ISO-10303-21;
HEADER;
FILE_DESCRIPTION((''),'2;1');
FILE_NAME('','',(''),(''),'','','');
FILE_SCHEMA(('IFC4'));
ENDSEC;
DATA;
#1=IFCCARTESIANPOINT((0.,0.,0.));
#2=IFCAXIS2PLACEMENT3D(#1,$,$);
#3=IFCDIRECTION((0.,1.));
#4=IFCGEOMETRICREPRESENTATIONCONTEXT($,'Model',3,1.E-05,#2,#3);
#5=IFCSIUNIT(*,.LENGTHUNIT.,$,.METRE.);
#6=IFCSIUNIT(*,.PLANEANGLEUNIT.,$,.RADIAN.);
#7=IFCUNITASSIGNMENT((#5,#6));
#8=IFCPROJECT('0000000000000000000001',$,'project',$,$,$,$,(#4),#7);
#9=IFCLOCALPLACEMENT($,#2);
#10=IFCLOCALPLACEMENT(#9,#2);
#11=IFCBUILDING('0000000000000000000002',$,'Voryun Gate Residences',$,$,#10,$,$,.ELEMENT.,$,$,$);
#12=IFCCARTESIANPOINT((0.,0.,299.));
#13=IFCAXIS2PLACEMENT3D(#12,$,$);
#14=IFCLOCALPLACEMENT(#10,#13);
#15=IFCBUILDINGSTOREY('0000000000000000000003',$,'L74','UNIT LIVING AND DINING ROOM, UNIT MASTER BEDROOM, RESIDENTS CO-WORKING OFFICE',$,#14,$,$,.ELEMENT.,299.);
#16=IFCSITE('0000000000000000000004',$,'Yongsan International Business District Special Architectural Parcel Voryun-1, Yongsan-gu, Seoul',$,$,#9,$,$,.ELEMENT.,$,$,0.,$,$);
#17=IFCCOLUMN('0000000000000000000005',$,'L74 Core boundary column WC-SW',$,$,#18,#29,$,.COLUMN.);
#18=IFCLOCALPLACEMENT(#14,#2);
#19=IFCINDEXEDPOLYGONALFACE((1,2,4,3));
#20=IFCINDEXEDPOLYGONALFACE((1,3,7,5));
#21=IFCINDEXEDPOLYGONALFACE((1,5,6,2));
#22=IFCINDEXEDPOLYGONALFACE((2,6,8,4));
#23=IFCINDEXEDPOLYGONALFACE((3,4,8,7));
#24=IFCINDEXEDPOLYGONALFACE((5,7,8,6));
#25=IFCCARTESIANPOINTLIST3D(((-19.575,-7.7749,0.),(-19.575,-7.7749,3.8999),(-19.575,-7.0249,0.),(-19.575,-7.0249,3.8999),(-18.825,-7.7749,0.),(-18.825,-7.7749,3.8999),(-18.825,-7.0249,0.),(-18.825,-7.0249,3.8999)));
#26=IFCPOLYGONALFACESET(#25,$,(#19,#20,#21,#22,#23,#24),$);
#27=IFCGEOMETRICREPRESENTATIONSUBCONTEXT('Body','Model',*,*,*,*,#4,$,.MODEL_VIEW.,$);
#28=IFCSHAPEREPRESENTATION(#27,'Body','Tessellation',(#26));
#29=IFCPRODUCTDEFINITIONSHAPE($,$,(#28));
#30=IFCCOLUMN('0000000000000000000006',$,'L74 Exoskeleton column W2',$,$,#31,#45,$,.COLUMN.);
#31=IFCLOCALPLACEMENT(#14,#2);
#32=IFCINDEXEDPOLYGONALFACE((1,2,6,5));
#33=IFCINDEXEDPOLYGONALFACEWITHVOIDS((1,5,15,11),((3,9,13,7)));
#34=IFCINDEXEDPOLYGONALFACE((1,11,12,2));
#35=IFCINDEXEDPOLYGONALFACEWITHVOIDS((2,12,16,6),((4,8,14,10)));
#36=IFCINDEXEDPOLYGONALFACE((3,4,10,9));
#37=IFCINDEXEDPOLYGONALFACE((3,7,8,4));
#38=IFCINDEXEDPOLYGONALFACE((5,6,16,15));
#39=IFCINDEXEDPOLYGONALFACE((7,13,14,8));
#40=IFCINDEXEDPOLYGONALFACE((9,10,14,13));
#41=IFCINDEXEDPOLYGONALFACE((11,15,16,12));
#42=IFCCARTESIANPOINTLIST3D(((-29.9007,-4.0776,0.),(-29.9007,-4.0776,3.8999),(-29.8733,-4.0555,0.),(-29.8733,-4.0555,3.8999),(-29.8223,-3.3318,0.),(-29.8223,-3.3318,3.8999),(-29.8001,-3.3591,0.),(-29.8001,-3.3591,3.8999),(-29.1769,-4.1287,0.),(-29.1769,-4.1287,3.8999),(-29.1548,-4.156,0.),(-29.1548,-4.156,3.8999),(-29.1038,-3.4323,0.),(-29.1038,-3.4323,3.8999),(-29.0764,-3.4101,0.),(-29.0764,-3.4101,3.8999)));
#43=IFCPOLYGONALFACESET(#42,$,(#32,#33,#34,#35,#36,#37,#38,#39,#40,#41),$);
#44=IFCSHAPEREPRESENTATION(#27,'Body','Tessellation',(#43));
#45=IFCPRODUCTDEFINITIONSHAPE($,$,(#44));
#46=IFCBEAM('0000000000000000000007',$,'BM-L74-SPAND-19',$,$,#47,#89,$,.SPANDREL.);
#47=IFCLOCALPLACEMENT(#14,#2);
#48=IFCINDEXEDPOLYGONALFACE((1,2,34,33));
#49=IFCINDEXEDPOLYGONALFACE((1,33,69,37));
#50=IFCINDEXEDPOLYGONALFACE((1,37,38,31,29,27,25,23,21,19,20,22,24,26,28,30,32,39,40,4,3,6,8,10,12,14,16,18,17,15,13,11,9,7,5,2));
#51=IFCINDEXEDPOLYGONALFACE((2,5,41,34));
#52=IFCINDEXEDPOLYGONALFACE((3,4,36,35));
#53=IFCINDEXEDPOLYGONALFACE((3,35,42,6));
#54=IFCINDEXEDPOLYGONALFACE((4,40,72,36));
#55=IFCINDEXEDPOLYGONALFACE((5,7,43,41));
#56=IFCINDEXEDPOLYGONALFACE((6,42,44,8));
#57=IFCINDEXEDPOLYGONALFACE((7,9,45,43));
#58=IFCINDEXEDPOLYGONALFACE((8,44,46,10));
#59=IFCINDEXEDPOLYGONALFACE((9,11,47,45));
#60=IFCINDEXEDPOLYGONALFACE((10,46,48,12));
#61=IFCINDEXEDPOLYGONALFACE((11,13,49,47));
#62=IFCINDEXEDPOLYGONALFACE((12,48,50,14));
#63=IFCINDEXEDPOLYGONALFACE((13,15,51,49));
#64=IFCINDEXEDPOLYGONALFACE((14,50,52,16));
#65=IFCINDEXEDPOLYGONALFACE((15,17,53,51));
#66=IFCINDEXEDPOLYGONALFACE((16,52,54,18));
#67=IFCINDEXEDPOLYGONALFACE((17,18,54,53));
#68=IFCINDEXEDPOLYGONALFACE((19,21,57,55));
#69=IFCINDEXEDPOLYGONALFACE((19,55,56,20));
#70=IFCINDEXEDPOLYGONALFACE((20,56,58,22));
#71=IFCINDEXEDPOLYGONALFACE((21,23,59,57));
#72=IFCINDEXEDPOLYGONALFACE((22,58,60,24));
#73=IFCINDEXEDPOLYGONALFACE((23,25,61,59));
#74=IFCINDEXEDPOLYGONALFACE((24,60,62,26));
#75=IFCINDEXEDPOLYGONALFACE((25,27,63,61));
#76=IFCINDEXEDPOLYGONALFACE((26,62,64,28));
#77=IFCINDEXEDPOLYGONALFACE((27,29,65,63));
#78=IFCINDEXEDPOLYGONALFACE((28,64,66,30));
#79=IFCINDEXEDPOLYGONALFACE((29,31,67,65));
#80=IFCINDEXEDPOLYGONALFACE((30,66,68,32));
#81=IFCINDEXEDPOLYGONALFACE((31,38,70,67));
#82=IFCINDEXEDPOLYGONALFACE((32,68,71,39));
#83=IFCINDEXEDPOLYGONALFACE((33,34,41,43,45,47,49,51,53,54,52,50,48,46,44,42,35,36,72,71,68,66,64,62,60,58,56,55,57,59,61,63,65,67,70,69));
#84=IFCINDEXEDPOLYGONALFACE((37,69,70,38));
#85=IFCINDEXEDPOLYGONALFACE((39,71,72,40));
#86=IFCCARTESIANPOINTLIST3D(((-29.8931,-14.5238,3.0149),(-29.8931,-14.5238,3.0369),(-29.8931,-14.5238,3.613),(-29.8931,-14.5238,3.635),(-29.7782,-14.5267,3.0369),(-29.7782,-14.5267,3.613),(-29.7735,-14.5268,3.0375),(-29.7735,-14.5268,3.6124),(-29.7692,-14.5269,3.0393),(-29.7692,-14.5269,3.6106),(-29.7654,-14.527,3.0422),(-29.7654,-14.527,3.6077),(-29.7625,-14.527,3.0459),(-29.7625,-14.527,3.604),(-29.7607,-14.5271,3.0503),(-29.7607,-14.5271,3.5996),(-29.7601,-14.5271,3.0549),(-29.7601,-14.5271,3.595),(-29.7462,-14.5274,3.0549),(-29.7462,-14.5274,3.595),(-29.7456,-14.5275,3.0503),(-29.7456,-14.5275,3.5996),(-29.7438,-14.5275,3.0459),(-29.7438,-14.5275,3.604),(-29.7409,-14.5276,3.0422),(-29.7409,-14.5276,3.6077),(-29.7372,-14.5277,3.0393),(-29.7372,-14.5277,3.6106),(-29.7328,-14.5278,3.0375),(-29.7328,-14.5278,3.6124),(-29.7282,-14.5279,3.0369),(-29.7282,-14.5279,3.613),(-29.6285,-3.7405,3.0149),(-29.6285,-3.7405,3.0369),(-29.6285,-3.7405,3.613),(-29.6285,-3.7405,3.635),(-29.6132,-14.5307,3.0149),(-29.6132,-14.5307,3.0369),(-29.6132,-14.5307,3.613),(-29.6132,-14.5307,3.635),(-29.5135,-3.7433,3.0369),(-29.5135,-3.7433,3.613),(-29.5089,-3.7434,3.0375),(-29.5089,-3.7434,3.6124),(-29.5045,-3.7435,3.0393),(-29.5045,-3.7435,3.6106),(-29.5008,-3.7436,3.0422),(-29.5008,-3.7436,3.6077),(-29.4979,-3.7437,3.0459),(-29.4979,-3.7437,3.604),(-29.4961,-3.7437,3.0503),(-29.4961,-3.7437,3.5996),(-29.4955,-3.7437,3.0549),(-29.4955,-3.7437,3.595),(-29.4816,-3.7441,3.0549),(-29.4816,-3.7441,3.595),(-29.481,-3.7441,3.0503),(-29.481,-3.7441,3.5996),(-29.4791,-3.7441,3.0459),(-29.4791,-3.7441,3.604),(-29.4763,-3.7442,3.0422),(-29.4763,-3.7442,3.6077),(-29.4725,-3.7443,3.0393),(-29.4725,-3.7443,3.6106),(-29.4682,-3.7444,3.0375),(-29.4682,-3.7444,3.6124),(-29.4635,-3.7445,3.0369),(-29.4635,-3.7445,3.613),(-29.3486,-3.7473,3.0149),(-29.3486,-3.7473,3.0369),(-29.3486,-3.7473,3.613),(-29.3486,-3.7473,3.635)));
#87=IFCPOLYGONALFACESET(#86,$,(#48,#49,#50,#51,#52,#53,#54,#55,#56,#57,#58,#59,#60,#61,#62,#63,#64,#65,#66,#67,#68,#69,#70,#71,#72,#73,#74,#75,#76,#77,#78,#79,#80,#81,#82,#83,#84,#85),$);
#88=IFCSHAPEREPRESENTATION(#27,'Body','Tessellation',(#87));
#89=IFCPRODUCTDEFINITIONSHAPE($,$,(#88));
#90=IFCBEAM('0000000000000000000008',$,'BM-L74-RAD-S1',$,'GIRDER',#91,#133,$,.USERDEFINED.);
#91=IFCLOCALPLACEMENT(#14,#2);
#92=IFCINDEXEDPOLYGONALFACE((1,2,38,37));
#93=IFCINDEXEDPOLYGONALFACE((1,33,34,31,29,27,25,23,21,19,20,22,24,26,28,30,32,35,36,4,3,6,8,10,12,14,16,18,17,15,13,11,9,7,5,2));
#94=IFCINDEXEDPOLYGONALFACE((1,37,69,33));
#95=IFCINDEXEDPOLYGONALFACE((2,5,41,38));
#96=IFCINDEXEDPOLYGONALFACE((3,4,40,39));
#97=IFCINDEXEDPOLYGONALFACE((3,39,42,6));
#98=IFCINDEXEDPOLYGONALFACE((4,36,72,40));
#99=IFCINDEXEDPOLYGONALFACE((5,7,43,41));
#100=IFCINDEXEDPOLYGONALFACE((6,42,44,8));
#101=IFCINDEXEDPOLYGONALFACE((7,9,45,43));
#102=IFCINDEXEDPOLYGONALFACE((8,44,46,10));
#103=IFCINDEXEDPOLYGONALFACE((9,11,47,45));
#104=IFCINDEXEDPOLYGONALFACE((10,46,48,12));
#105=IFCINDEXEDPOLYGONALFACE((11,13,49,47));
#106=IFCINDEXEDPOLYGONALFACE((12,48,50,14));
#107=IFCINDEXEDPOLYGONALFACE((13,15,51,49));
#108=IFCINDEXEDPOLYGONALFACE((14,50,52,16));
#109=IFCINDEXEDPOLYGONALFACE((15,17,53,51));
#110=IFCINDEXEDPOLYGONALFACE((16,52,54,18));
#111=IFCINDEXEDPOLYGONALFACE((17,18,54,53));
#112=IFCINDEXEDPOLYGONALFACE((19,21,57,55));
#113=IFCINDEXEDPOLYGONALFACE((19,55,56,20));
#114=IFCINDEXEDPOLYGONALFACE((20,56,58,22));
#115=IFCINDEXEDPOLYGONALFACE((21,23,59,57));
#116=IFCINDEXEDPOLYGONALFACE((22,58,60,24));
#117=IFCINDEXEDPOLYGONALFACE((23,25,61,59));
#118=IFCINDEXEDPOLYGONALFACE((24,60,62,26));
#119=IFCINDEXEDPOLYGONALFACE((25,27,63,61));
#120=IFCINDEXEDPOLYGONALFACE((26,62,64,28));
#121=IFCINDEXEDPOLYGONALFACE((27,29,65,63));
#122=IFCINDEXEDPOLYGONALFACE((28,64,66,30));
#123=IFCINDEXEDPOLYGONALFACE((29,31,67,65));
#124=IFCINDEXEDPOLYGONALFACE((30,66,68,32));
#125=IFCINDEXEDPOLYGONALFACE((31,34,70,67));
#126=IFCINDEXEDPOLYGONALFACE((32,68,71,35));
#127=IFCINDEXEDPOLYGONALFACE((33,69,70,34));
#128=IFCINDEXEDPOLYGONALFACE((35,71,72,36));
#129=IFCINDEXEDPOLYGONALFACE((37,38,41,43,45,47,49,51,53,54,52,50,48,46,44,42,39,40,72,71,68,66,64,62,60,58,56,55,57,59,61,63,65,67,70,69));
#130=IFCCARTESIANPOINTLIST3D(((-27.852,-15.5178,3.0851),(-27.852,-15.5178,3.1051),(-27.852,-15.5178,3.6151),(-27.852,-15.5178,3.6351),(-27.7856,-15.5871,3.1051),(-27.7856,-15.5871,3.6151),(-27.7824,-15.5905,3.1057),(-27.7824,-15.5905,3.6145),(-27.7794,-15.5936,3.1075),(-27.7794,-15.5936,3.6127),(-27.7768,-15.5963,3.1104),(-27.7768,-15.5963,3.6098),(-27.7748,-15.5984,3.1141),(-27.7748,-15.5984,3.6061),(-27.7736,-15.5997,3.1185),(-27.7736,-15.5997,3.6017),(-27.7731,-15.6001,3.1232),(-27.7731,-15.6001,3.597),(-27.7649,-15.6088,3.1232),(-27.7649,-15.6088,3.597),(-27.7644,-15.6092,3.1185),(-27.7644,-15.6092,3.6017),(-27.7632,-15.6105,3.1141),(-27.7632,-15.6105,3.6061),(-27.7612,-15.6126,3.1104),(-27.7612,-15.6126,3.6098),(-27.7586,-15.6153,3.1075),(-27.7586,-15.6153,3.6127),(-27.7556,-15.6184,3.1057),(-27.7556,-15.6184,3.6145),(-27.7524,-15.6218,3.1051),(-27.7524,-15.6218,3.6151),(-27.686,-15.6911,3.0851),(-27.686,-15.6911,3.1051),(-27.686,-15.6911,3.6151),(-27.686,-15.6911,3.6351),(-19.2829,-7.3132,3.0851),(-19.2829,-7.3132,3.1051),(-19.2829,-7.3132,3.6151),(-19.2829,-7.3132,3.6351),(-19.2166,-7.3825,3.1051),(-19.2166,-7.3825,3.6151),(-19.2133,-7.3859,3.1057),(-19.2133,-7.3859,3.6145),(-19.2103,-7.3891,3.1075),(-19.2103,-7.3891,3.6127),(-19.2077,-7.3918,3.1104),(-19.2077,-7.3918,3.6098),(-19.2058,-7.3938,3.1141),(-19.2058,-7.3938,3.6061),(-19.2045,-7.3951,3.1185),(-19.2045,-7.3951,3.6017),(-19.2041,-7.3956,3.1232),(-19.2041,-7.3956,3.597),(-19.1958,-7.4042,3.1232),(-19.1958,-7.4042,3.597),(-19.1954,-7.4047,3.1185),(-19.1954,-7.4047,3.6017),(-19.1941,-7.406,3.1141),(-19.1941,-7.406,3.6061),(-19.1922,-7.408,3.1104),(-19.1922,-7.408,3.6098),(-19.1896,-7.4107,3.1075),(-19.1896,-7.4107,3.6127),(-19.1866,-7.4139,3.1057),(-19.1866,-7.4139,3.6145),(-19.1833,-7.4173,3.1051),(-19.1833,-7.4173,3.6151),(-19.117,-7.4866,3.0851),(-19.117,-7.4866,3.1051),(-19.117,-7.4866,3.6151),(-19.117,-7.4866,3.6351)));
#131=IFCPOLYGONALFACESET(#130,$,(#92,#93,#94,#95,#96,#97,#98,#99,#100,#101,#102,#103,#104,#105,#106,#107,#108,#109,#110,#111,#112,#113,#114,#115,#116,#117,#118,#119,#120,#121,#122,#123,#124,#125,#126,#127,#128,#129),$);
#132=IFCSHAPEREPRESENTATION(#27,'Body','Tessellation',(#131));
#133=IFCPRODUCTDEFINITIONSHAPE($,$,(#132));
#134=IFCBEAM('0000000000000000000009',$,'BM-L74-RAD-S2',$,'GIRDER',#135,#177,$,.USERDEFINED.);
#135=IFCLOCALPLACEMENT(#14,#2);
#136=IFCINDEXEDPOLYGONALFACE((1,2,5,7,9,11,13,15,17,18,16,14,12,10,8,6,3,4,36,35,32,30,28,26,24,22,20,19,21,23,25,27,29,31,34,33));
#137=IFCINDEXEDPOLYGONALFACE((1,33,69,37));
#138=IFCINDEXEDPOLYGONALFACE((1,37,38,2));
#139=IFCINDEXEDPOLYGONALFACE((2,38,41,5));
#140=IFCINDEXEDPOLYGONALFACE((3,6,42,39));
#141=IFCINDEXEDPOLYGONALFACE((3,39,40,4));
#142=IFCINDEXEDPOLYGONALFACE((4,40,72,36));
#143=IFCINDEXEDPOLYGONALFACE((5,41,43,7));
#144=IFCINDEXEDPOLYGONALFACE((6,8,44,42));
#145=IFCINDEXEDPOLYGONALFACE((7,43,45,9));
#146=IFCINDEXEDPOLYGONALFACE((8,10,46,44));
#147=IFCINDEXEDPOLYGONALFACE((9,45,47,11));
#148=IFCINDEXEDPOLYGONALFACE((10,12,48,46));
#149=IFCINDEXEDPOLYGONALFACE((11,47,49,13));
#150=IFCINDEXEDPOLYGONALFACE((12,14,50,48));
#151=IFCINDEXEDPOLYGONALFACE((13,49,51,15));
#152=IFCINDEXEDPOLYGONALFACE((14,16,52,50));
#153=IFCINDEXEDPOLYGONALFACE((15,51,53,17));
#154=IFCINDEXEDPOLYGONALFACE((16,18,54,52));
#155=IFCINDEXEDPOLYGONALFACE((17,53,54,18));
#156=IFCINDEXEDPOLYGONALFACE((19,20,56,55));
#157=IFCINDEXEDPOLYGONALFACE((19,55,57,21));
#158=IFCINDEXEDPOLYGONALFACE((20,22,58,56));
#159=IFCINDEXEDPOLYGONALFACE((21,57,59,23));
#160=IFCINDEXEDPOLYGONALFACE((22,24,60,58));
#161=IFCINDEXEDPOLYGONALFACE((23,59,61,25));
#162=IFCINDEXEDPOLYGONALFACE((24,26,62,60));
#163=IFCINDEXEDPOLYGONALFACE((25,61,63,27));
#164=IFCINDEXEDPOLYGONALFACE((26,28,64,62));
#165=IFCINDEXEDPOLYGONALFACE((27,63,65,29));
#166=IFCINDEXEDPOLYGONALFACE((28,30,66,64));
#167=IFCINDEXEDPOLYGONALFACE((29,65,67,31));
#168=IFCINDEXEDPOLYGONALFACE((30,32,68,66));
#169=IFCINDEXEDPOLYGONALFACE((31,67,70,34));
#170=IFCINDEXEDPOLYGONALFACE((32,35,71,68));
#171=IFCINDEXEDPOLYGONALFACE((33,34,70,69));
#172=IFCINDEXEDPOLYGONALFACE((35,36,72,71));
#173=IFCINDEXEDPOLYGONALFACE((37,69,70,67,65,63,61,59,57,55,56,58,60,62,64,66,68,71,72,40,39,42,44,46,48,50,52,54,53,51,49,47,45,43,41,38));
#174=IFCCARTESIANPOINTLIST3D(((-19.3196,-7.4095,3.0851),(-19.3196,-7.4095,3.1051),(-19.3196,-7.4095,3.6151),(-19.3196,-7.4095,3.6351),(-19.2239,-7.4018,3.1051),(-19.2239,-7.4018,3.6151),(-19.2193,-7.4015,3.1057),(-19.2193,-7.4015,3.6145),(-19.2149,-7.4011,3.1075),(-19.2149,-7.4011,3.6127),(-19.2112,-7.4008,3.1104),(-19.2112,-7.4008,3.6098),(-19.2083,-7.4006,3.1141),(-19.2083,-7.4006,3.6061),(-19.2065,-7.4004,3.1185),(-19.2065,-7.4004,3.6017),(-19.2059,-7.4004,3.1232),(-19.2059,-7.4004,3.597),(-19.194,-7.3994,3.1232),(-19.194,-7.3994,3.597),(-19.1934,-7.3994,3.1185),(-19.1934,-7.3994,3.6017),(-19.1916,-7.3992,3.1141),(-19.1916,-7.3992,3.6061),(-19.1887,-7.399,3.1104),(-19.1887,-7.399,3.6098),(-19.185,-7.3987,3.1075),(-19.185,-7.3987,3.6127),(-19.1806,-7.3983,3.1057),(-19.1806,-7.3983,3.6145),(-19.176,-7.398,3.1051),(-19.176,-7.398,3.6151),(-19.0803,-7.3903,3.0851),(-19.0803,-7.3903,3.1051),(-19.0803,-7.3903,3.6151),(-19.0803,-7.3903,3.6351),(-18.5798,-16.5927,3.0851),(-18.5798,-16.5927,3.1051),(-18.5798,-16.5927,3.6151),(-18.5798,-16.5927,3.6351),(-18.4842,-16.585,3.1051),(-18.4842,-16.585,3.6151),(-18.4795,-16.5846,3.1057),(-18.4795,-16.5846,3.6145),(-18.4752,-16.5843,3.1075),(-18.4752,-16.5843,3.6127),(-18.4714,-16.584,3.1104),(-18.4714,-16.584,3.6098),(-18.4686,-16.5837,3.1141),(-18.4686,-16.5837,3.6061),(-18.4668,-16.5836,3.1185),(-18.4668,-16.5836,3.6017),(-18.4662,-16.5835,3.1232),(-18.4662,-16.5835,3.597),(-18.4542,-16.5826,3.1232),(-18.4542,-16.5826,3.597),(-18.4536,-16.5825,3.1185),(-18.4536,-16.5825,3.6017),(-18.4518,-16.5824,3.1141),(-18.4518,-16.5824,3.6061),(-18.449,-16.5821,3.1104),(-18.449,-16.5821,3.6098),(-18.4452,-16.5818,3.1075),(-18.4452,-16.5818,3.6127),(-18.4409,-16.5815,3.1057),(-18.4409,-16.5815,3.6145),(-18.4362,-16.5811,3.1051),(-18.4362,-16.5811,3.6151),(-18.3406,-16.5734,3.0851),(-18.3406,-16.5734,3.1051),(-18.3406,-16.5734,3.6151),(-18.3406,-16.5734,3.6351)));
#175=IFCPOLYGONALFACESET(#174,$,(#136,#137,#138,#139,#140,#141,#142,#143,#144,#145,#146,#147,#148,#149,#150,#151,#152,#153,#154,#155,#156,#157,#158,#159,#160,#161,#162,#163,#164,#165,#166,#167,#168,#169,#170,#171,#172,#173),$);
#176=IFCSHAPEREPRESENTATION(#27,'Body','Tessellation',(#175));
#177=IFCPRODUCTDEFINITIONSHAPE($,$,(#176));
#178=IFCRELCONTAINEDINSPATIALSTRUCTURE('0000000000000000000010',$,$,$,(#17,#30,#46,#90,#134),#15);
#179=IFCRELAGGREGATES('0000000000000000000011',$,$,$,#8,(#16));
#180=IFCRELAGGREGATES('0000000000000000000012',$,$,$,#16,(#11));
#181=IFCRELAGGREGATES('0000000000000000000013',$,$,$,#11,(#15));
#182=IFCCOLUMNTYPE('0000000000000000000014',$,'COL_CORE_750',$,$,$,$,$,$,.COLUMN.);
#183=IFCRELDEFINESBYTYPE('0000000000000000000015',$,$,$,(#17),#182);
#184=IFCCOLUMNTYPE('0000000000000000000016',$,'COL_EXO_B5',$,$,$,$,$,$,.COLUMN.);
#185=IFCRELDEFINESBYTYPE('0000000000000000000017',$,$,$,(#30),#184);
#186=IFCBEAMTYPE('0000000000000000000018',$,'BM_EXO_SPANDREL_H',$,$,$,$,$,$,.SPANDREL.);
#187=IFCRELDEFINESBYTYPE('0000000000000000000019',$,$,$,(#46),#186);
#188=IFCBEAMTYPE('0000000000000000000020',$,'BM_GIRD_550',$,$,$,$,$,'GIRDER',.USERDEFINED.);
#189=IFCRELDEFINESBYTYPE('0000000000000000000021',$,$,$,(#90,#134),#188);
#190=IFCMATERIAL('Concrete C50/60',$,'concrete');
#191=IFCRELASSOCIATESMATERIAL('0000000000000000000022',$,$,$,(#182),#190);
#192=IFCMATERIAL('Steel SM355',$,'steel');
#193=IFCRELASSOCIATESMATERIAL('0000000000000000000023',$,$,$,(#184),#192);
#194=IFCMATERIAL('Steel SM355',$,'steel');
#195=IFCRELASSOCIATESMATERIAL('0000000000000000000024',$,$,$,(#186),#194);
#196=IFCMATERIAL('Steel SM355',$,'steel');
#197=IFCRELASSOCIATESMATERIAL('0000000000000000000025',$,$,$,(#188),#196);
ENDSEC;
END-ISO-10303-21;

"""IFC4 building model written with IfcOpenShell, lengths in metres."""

from ifc_helpers import new_model, si_unit, direction, frame, origin, origin_2d, place, context, subcontext, project, spatial, rectangle, hollow_rectangle, i_section, extrude, material, material_profile, profile_set, type_object, element, save


model = new_model("IFC4")

# Units and contexts
model_context = context("Model", 3, precision=1e-05, world=origin(), true_north=direction((0.0, 1.0)))
body_context = subcontext(model_context, "Body", "Model", "MODEL_VIEW")
ifc_project = project(units=[si_unit("LENGTHUNIT", "METRE"), si_unit("PLANEANGLEUNIT", "RADIAN")], contexts=[model_context])

# Site, building, storey
site_placement = place(None, origin())
site = spatial("IfcSite", under=ifc_project, at=site_placement, Name="Yongsan International Business District Special Architectural Parcel Voryun-1, Yongsan-gu, Seoul", CompositionType="ELEMENT", RefElevation=0.0)
building_placement = place(site_placement, origin())
building = spatial("IfcBuilding", under=site, at=building_placement, Name="Voryun Gate Residences", CompositionType="ELEMENT")
storey_placement = place(building_placement, frame((0.0, 0.0, 299.0)))
storey = spatial("IfcBuildingStorey", under=building, at=storey_placement, Name="L74", Description="UNIT LIVING AND DINING ROOM, UNIT MASTER BEDROOM, RESIDENTS CO-WORKING OFFICE", CompositionType="ELEMENT", Elevation=299.0)

# Columns
ifc_material_1 = material(Name="Concrete C50/60", Category="concrete")
ifc_material_profile_1 = material_profile(ifc_material_1, rectangle(XDim=0.75, YDim=0.75, at=origin_2d()), Name="RC-750x750")
ifc_profile_set_1 = profile_set([ifc_material_profile_1], Name="Concrete C50/60")
column_type_1 = type_object("IfcColumnType", Name="COL_CORE_750", PredefinedType="COLUMN", material=ifc_profile_set_1)
column_1_placement = place(storey_placement, frame((-19.2, -7.3999, 0.0), z_axis=(0.0, 0.0, 1.0), x_axis=(1.0, 0.0, 0.0)))
element("IfcColumn", 1, at=column_1_placement, inside=storey, type_object=column_type_1, Name="L74 Core boundary column WC-SW", PredefinedType="COLUMN", context=body_context, shape_type="SweptSolid", body=[
    extrude(rectangle(XDim=0.75, YDim=0.75, at=origin_2d()), origin(), (0.0, 0.0, 1.0), 3.8999),
])
ifc_material_2 = material(Name="Steel SM355", Category="steel")
ifc_material_profile_2 = material_profile(ifc_material_2, hollow_rectangle(XDim=0.75, YDim=0.75, WallThickness=0.0249, at=origin_2d()), Name="BOX-750x750x25")
ifc_profile_set_2 = profile_set([ifc_material_profile_2], Name="Steel SM355")
column_type_2 = type_object("IfcColumnType", Name="COL_EXO_B5", PredefinedType="COLUMN", material=ifc_profile_set_2)
column_2_placement = place(storey_placement, frame((-29.4885, -3.7439, 0.0), z_axis=(0.0, 0.0, 1.0), x_axis=(0.994522, -0.104528, 0.0)))
element("IfcColumn", 2, at=column_2_placement, inside=storey, type_object=column_type_2, Name="L74 Exoskeleton column W2", PredefinedType="COLUMN", context=body_context, shape_type="SweptSolid", body=[
    extrude(hollow_rectangle(XDim=0.75, YDim=0.75, WallThickness=0.0249, at=origin_2d()), origin(), (0.0, 0.0, 1.0), 3.8999),
])

# Beams
ifc_material_3 = material(Name="Steel SM355", Category="steel")
ifc_material_profile_3 = material_profile(ifc_material_3, i_section(OverallWidth=0.28, OverallDepth=0.6201, WebThickness=0.0139, FlangeThickness=0.022, FilletRadius=0.0181, at=origin_2d()), Name="H-620x280x14x22")
ifc_profile_set_3 = profile_set([ifc_material_profile_3], Name="Steel SM355")
beam_type_1 = type_object("IfcBeamType", Name="BM_EXO_SPANDREL_H", PredefinedType="SPANDREL", material=ifc_profile_set_3)
beam_1_placement = place(storey_placement, frame((-29.4885, -3.7439, 3.325), z_axis=(-0.024535, -0.999699, 0.0), x_axis=(0.999699, -0.024535, 0.0)))
element("IfcBeam", 3, at=beam_1_placement, inside=storey, type_object=beam_type_1, Name="BM-L74-SPAND-19", PredefinedType="SPANDREL", context=body_context, shape_type="SweptSolid", body=[
    extrude(i_section(OverallWidth=0.28, OverallDepth=0.6201, WebThickness=0.0139, FlangeThickness=0.022, FilletRadius=0.0181, at=origin_2d()), origin(), (0.0, 0.0, 1.0), 10.7866),
])
ifc_material_4 = material(Name="Steel SM355", Category="steel")
ifc_material_profile_4 = material_profile(ifc_material_4, i_section(OverallWidth=0.24, OverallDepth=0.55, WebThickness=0.012, FlangeThickness=0.02, FilletRadius=0.0181, at=origin_2d()), Name="H-550x240x12x20")
ifc_profile_set_4 = profile_set([ifc_material_profile_4], Name="Steel SM355")
beam_type_2 = type_object("IfcBeamType", Name="BM_GIRD_550", ElementType="GIRDER", PredefinedType="USERDEFINED", material=ifc_profile_set_4)
beam_2_placement = place(storey_placement, frame((-19.2, -7.3999, 3.3601), z_axis=(-0.722302, -0.691578, 0.0), x_axis=(0.691578, -0.722302, 0.0)))
element("IfcBeam", 4, at=beam_2_placement, inside=storey, type_object=beam_type_2, Name="BM-L74-RAD-S1", ObjectType="GIRDER", PredefinedType="USERDEFINED", context=body_context, shape_type="SweptSolid", body=[
    extrude(i_section(OverallWidth=0.24, OverallDepth=0.55, WebThickness=0.012, FlangeThickness=0.02, FilletRadius=0.0181, at=origin_2d()), origin(), (0.0, 0.0, 1.0), 11.8635),
])
beam_3_placement = place(storey_placement, frame((-19.2, -7.3999, 3.3601), z_axis=(0.080295, -0.996771, 0.0), x_axis=(0.996771, 0.080295, 0.0)))
element("IfcBeam", 5, at=beam_3_placement, inside=storey, type_object=beam_type_2, Name="BM-L74-RAD-S2", ObjectType="GIRDER", PredefinedType="USERDEFINED", context=body_context, shape_type="SweptSolid", body=[
    extrude(i_section(OverallWidth=0.24, OverallDepth=0.55, WebThickness=0.012, FlangeThickness=0.02, FilletRadius=0.0181, at=origin_2d()), origin(), (0.0, 0.0, 1.0), 9.2129),
])

save(model, "model.ifc")
